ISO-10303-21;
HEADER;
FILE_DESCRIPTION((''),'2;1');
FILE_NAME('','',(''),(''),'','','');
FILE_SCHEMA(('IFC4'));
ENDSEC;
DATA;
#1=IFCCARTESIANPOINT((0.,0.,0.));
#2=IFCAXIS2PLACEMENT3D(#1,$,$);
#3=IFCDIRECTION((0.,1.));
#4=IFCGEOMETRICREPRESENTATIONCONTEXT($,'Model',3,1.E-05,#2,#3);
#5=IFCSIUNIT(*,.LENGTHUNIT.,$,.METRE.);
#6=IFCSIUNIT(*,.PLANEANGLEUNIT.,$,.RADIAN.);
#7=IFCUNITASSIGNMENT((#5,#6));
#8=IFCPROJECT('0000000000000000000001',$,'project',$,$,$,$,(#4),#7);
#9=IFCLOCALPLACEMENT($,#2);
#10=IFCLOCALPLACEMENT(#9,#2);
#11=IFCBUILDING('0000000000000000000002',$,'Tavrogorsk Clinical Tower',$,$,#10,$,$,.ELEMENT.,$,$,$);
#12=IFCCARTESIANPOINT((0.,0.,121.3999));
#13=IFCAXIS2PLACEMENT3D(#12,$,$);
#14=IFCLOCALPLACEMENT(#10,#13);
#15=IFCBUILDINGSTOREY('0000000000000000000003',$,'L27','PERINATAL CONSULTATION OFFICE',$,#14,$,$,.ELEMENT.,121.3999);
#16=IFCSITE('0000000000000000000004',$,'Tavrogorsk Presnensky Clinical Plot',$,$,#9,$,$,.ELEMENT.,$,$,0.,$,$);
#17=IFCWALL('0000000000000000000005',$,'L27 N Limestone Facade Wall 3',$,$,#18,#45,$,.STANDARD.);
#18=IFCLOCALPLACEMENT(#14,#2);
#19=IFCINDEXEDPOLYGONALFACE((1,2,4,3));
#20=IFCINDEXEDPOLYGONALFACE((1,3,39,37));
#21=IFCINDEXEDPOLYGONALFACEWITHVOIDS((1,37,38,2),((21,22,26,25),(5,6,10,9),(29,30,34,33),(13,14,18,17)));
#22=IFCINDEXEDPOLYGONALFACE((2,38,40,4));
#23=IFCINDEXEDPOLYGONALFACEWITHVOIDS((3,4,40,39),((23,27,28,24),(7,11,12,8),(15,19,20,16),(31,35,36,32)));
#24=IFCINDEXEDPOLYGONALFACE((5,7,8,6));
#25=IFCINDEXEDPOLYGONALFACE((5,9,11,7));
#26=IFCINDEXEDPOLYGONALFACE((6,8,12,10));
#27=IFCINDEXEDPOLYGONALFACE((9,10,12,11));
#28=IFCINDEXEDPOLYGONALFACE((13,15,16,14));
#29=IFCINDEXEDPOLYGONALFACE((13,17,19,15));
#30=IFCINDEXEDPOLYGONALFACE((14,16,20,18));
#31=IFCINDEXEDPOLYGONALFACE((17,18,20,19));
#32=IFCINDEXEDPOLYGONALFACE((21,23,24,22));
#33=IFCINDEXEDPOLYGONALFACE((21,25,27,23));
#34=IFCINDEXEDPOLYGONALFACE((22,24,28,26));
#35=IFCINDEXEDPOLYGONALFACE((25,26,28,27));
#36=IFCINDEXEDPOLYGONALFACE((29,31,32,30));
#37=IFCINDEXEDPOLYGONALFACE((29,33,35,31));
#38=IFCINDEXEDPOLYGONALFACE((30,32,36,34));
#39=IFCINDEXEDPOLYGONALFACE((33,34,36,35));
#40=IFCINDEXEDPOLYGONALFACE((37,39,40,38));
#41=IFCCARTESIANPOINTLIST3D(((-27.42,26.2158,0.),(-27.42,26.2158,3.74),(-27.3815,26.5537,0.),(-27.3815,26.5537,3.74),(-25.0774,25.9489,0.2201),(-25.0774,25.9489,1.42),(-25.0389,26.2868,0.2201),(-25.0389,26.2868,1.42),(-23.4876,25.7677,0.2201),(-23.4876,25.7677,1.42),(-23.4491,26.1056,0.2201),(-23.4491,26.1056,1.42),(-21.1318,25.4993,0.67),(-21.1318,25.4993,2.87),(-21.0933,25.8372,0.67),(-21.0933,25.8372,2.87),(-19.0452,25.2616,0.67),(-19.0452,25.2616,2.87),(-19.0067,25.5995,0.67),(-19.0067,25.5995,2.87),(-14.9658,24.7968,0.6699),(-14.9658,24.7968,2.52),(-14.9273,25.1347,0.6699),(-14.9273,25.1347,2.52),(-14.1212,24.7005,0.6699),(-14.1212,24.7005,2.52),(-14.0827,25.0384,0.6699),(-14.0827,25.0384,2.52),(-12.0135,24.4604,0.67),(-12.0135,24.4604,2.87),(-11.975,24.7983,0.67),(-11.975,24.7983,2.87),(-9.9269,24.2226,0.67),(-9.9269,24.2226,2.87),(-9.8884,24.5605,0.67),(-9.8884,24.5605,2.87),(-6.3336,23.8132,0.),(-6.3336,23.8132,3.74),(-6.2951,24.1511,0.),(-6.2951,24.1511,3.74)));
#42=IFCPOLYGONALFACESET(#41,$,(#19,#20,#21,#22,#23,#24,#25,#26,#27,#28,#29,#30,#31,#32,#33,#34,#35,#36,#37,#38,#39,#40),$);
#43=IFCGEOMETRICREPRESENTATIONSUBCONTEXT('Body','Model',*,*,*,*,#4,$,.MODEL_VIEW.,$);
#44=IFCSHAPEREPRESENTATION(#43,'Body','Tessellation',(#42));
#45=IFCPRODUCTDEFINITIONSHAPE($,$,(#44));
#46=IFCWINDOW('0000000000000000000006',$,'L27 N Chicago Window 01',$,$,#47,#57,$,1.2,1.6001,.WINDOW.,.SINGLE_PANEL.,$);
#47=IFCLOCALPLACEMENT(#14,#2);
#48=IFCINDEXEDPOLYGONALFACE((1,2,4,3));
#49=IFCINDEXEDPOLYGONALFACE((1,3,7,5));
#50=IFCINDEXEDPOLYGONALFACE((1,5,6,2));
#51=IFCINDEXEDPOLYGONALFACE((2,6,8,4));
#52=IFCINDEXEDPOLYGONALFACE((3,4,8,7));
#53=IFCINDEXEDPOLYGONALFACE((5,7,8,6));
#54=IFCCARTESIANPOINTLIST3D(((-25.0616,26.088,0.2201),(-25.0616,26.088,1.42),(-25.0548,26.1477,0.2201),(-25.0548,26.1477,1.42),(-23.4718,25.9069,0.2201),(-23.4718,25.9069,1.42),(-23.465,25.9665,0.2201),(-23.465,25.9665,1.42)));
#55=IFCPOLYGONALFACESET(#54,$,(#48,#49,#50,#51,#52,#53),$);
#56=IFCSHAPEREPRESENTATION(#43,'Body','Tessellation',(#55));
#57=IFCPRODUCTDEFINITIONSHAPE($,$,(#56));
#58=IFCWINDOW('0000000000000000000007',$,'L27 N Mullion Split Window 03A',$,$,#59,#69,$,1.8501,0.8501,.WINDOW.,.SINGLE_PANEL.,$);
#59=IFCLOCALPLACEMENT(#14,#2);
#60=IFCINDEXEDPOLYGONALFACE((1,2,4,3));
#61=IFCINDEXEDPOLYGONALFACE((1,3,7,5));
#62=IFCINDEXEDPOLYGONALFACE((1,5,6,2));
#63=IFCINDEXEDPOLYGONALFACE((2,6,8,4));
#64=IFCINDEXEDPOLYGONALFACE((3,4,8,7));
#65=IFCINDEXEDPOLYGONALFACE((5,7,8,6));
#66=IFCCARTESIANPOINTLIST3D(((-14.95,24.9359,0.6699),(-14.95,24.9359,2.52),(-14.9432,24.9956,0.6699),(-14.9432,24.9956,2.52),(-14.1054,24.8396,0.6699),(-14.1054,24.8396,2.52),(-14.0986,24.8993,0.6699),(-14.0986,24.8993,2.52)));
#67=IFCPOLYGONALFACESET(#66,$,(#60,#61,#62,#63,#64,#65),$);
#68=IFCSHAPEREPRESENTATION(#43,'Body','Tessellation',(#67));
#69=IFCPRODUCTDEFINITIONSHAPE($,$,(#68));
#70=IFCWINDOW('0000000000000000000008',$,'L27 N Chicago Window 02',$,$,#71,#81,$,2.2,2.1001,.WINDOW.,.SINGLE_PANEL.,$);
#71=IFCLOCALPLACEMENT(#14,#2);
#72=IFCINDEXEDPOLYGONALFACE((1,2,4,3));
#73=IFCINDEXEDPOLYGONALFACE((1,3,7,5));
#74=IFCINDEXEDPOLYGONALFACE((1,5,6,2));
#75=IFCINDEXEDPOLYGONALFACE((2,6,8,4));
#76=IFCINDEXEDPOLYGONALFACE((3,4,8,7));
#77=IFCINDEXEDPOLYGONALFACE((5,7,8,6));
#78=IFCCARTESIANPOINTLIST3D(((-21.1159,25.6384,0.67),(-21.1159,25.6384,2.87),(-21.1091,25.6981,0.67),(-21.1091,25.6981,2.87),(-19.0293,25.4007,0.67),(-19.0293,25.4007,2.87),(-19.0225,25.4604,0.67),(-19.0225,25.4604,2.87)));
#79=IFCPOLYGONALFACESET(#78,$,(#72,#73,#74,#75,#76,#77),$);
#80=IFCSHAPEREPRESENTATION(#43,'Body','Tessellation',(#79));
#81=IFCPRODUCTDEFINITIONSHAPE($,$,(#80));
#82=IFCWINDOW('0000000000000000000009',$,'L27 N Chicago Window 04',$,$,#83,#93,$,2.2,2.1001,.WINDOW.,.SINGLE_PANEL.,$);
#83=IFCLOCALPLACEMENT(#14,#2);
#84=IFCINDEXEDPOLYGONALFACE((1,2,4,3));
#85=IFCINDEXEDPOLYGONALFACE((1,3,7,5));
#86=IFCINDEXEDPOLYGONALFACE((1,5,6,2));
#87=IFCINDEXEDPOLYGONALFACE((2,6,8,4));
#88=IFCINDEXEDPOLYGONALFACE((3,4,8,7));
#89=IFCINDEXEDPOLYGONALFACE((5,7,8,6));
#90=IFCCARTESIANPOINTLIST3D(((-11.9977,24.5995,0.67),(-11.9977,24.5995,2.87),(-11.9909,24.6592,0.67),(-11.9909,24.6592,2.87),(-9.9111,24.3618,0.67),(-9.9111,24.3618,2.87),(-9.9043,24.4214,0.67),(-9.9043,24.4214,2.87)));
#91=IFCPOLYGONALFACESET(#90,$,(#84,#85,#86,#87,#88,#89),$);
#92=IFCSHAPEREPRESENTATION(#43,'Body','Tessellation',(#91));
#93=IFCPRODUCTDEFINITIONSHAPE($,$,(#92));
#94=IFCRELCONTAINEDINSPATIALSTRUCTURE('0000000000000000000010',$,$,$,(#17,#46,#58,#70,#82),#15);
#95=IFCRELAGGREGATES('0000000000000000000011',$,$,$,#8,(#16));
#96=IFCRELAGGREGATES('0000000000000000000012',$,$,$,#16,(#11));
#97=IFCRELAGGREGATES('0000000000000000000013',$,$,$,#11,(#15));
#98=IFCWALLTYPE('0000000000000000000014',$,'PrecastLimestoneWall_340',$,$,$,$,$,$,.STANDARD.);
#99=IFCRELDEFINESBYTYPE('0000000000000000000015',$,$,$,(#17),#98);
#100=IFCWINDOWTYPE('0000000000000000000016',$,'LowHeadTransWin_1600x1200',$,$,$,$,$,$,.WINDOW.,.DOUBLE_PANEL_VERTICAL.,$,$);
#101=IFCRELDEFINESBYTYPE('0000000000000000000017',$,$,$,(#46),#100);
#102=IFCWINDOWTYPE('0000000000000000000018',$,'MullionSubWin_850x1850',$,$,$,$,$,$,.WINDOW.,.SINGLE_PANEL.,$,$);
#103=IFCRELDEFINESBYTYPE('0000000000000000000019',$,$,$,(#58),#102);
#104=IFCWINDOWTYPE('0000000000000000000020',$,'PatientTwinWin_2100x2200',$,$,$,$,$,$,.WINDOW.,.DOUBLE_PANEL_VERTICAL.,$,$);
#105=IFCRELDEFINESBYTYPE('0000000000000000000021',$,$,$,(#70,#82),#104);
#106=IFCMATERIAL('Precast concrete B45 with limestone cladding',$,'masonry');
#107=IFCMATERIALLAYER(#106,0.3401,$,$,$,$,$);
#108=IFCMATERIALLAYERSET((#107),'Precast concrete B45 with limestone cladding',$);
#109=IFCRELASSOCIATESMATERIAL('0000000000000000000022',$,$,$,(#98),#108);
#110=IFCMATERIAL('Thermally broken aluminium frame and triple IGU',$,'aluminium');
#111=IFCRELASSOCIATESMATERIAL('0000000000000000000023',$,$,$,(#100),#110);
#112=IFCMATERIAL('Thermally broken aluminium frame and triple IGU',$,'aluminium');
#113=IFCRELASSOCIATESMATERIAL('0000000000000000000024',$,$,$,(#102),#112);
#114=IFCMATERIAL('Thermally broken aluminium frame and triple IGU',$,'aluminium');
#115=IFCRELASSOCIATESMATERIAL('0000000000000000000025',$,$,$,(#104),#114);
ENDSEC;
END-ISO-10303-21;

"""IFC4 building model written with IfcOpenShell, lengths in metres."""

from ifc_helpers import new_model, si_unit, direction, frame, frame_2d, origin, place, context, subcontext, project, spatial, rectangle, extrude, material, layer, layer_set, type_object, element, fill, save


model = new_model("IFC4")

# Units and contexts
model_context = context("Model", 3, precision=1e-05, world=origin(), true_north=direction((0.0, 1.0)))
body_context = subcontext(model_context, "Body", "Model", "MODEL_VIEW")
ifc_project = project(units=[si_unit("LENGTHUNIT", "METRE"), si_unit("PLANEANGLEUNIT", "RADIAN")], contexts=[model_context])

# Site, building, storey
site_placement = place(None, origin())
site = spatial("IfcSite", under=ifc_project, at=site_placement, Name="Tavrogorsk Presnensky Clinical Plot", CompositionType="ELEMENT", RefElevation=0.0)
building_placement = place(site_placement, origin())
building = spatial("IfcBuilding", under=site, at=building_placement, Name="Tavrogorsk Clinical Tower", CompositionType="ELEMENT")
storey_placement = place(building_placement, frame((0.0, 0.0, 121.3999)))
storey = spatial("IfcBuildingStorey", under=building, at=storey_placement, Name="L27", Description="PERINATAL CONSULTATION OFFICE", CompositionType="ELEMENT", Elevation=121.3999)

# Wall, openings, windows
ifc_material_1 = material(Name="Precast concrete B45 with limestone cladding", Category="masonry")
ifc_layer_1 = layer(ifc_material_1, 0.3401)
ifc_layer_set_1 = layer_set([ifc_layer_1], Name="Precast concrete B45 with limestone cladding")
wall_type_1 = type_object("IfcWallType", Name="PrecastLimestoneWall_340", PredefinedType="STANDARD", material=ifc_layer_set_1)
wall_1_placement = place(storey_placement, frame((-6.3145, 23.9822, 0.0), z_axis=(0.0, 0.0, 1.0), x_axis=(-0.993571, 0.113208, 0.0)))
wall_1 = element("IfcWall", 1, at=wall_1_placement, inside=storey, type_object=wall_type_1, Name="L27 N Limestone Facade Wall 3", PredefinedType="STANDARD", context=body_context, shape_type="SweptSolid", body=[
    extrude(rectangle(XDim=21.2229, YDim=0.3401, at=frame_2d((10.6113, 0.0))), origin(), (0.0, 0.0, 1.0), 3.74),
])
opening_1_placement = place(wall_1_placement, frame((17.2649, 0.0, 0.22)))
opening_1 = element("IfcOpeningElement", 2, at=opening_1_placement, cuts=wall_1, PredefinedType="OPENING", context=body_context, shape_type="SweptSolid", body=[
    extrude(rectangle(XDim=1.6001, YDim=1.2, at=frame_2d((0.8, 0.6001))), frame((0.0, 0.1799, 0.0), z_axis=(0.0, -1.0, 0.0), x_axis=(1.0, 0.0, 0.0)), (0.0, 0.0, 1.0), 0.3601),
])
opening_2_placement = place(wall_1_placement, frame((12.7937, 0.0, 0.6699)))
opening_2 = element("IfcOpeningElement", 3, at=opening_2_placement, cuts=wall_1, PredefinedType="OPENING", context=body_context, shape_type="SweptSolid", body=[
    extrude(rectangle(XDim=2.1001, YDim=2.2, at=frame_2d((1.05, 1.1001))), frame((0.0, 0.1799, 0.0), z_axis=(0.0, -1.0, 0.0), x_axis=(1.0, 0.0, 0.0)), (0.0, 0.0, 1.0), 0.3601),
])
opening_3_placement = place(wall_1_placement, frame((7.8379, 0.0, 0.6699)))
opening_3 = element("IfcOpeningElement", 4, at=opening_3_placement, cuts=wall_1, PredefinedType="OPENING", context=body_context, shape_type="SweptSolid", body=[
    extrude(rectangle(XDim=0.8501, YDim=1.8501, at=frame_2d((0.425, 0.925))), frame((0.0, 0.1799, 0.0), z_axis=(0.0, -1.0, 0.0), x_axis=(1.0, 0.0, 0.0)), (0.0, 0.0, 1.0), 0.3601),
])
opening_4_placement = place(wall_1_placement, frame((3.6165, 0.0, 0.6699)))
opening_4 = element("IfcOpeningElement", 5, at=opening_4_placement, cuts=wall_1, PredefinedType="OPENING", context=body_context, shape_type="SweptSolid", body=[
    extrude(rectangle(XDim=2.1001, YDim=2.2, at=frame_2d((1.05, 1.1001))), frame((0.0, 0.1799, 0.0), z_axis=(0.0, -1.0, 0.0), x_axis=(1.0, 0.0, 0.0)), (0.0, 0.0, 1.0), 0.3601),
])
ifc_material_2 = material(Name="Thermally broken aluminium frame and triple IGU", Category="aluminium")
window_type_1 = type_object("IfcWindowType", Name="LowHeadTransWin_1600x1200", PartitioningType="DOUBLE_PANEL_VERTICAL", PredefinedType="WINDOW", material=ifc_material_2)
window_1_placement = place(opening_1_placement, origin())
window_1 = element("IfcWindow", 6, at=window_1_placement, inside=storey, type_object=window_type_1, Name="L27 N Chicago Window 01", OverallHeight=1.2, OverallWidth=1.6001, PartitioningType="SINGLE_PANEL", PredefinedType="WINDOW", context=body_context, shape_type="SweptSolid", body=[
    extrude(rectangle(XDim=1.6001, YDim=1.2, at=frame_2d((0.8, 0.6001))), frame((0.0, 0.03, 0.0), z_axis=(0.0, -1.0, 0.0), x_axis=(1.0, 0.0, 0.0)), (0.0, 0.0, 1.0), 0.0601),
])
fill(opening_1, window_1)
ifc_material_3 = material(Name="Thermally broken aluminium frame and triple IGU", Category="aluminium")
window_type_2 = type_object("IfcWindowType", Name="MullionSubWin_850x1850", PartitioningType="SINGLE_PANEL", PredefinedType="WINDOW", material=ifc_material_3)
window_2_placement = place(opening_3_placement, origin())
window_2 = element("IfcWindow", 7, at=window_2_placement, inside=storey, type_object=window_type_2, Name="L27 N Mullion Split Window 03A", OverallHeight=1.8501, OverallWidth=0.8501, PartitioningType="SINGLE_PANEL", PredefinedType="WINDOW", context=body_context, shape_type="SweptSolid", body=[
    extrude(rectangle(XDim=0.8501, YDim=1.8501, at=frame_2d((0.425, 0.925))), frame((0.0, 0.03, 0.0), z_axis=(0.0, -1.0, 0.0), x_axis=(1.0, 0.0, 0.0)), (0.0, 0.0, 1.0), 0.0601),
])
fill(opening_3, window_2)
ifc_material_4 = material(Name="Thermally broken aluminium frame and triple IGU", Category="aluminium")
window_type_3 = type_object("IfcWindowType", Name="PatientTwinWin_2100x2200", PartitioningType="DOUBLE_PANEL_VERTICAL", PredefinedType="WINDOW", material=ifc_material_4)
window_3_placement = place(opening_2_placement, origin())
window_3 = element("IfcWindow", 8, at=window_3_placement, inside=storey, type_object=window_type_3, Name="L27 N Chicago Window 02", OverallHeight=2.2, OverallWidth=2.1001, PartitioningType="SINGLE_PANEL", PredefinedType="WINDOW", context=body_context, shape_type="SweptSolid", body=[
    extrude(rectangle(XDim=2.1001, YDim=2.2, at=frame_2d((1.05, 1.1001))), frame((0.0, 0.03, 0.0), z_axis=(0.0, -1.0, 0.0), x_axis=(1.0, 0.0, 0.0)), (0.0, 0.0, 1.0), 0.0601),
])
fill(opening_2, window_3)
window_4_placement = place(opening_4_placement, origin())
window_4 = element("IfcWindow", 9, at=window_4_placement, inside=storey, type_object=window_type_3, Name="L27 N Chicago Window 04", OverallHeight=2.2, OverallWidth=2.1001, PartitioningType="SINGLE_PANEL", PredefinedType="WINDOW", context=body_context, shape_type="SweptSolid", body=[
    extrude(rectangle(XDim=2.1001, YDim=2.2, at=frame_2d((1.05, 1.1001))), frame((0.0, 0.03, 0.0), z_axis=(0.0, -1.0, 0.0), x_axis=(1.0, 0.0, 0.0)), (0.0, 0.0, 1.0), 0.0601),
])
fill(opening_4, window_4)

save(model, "model.ifc")
